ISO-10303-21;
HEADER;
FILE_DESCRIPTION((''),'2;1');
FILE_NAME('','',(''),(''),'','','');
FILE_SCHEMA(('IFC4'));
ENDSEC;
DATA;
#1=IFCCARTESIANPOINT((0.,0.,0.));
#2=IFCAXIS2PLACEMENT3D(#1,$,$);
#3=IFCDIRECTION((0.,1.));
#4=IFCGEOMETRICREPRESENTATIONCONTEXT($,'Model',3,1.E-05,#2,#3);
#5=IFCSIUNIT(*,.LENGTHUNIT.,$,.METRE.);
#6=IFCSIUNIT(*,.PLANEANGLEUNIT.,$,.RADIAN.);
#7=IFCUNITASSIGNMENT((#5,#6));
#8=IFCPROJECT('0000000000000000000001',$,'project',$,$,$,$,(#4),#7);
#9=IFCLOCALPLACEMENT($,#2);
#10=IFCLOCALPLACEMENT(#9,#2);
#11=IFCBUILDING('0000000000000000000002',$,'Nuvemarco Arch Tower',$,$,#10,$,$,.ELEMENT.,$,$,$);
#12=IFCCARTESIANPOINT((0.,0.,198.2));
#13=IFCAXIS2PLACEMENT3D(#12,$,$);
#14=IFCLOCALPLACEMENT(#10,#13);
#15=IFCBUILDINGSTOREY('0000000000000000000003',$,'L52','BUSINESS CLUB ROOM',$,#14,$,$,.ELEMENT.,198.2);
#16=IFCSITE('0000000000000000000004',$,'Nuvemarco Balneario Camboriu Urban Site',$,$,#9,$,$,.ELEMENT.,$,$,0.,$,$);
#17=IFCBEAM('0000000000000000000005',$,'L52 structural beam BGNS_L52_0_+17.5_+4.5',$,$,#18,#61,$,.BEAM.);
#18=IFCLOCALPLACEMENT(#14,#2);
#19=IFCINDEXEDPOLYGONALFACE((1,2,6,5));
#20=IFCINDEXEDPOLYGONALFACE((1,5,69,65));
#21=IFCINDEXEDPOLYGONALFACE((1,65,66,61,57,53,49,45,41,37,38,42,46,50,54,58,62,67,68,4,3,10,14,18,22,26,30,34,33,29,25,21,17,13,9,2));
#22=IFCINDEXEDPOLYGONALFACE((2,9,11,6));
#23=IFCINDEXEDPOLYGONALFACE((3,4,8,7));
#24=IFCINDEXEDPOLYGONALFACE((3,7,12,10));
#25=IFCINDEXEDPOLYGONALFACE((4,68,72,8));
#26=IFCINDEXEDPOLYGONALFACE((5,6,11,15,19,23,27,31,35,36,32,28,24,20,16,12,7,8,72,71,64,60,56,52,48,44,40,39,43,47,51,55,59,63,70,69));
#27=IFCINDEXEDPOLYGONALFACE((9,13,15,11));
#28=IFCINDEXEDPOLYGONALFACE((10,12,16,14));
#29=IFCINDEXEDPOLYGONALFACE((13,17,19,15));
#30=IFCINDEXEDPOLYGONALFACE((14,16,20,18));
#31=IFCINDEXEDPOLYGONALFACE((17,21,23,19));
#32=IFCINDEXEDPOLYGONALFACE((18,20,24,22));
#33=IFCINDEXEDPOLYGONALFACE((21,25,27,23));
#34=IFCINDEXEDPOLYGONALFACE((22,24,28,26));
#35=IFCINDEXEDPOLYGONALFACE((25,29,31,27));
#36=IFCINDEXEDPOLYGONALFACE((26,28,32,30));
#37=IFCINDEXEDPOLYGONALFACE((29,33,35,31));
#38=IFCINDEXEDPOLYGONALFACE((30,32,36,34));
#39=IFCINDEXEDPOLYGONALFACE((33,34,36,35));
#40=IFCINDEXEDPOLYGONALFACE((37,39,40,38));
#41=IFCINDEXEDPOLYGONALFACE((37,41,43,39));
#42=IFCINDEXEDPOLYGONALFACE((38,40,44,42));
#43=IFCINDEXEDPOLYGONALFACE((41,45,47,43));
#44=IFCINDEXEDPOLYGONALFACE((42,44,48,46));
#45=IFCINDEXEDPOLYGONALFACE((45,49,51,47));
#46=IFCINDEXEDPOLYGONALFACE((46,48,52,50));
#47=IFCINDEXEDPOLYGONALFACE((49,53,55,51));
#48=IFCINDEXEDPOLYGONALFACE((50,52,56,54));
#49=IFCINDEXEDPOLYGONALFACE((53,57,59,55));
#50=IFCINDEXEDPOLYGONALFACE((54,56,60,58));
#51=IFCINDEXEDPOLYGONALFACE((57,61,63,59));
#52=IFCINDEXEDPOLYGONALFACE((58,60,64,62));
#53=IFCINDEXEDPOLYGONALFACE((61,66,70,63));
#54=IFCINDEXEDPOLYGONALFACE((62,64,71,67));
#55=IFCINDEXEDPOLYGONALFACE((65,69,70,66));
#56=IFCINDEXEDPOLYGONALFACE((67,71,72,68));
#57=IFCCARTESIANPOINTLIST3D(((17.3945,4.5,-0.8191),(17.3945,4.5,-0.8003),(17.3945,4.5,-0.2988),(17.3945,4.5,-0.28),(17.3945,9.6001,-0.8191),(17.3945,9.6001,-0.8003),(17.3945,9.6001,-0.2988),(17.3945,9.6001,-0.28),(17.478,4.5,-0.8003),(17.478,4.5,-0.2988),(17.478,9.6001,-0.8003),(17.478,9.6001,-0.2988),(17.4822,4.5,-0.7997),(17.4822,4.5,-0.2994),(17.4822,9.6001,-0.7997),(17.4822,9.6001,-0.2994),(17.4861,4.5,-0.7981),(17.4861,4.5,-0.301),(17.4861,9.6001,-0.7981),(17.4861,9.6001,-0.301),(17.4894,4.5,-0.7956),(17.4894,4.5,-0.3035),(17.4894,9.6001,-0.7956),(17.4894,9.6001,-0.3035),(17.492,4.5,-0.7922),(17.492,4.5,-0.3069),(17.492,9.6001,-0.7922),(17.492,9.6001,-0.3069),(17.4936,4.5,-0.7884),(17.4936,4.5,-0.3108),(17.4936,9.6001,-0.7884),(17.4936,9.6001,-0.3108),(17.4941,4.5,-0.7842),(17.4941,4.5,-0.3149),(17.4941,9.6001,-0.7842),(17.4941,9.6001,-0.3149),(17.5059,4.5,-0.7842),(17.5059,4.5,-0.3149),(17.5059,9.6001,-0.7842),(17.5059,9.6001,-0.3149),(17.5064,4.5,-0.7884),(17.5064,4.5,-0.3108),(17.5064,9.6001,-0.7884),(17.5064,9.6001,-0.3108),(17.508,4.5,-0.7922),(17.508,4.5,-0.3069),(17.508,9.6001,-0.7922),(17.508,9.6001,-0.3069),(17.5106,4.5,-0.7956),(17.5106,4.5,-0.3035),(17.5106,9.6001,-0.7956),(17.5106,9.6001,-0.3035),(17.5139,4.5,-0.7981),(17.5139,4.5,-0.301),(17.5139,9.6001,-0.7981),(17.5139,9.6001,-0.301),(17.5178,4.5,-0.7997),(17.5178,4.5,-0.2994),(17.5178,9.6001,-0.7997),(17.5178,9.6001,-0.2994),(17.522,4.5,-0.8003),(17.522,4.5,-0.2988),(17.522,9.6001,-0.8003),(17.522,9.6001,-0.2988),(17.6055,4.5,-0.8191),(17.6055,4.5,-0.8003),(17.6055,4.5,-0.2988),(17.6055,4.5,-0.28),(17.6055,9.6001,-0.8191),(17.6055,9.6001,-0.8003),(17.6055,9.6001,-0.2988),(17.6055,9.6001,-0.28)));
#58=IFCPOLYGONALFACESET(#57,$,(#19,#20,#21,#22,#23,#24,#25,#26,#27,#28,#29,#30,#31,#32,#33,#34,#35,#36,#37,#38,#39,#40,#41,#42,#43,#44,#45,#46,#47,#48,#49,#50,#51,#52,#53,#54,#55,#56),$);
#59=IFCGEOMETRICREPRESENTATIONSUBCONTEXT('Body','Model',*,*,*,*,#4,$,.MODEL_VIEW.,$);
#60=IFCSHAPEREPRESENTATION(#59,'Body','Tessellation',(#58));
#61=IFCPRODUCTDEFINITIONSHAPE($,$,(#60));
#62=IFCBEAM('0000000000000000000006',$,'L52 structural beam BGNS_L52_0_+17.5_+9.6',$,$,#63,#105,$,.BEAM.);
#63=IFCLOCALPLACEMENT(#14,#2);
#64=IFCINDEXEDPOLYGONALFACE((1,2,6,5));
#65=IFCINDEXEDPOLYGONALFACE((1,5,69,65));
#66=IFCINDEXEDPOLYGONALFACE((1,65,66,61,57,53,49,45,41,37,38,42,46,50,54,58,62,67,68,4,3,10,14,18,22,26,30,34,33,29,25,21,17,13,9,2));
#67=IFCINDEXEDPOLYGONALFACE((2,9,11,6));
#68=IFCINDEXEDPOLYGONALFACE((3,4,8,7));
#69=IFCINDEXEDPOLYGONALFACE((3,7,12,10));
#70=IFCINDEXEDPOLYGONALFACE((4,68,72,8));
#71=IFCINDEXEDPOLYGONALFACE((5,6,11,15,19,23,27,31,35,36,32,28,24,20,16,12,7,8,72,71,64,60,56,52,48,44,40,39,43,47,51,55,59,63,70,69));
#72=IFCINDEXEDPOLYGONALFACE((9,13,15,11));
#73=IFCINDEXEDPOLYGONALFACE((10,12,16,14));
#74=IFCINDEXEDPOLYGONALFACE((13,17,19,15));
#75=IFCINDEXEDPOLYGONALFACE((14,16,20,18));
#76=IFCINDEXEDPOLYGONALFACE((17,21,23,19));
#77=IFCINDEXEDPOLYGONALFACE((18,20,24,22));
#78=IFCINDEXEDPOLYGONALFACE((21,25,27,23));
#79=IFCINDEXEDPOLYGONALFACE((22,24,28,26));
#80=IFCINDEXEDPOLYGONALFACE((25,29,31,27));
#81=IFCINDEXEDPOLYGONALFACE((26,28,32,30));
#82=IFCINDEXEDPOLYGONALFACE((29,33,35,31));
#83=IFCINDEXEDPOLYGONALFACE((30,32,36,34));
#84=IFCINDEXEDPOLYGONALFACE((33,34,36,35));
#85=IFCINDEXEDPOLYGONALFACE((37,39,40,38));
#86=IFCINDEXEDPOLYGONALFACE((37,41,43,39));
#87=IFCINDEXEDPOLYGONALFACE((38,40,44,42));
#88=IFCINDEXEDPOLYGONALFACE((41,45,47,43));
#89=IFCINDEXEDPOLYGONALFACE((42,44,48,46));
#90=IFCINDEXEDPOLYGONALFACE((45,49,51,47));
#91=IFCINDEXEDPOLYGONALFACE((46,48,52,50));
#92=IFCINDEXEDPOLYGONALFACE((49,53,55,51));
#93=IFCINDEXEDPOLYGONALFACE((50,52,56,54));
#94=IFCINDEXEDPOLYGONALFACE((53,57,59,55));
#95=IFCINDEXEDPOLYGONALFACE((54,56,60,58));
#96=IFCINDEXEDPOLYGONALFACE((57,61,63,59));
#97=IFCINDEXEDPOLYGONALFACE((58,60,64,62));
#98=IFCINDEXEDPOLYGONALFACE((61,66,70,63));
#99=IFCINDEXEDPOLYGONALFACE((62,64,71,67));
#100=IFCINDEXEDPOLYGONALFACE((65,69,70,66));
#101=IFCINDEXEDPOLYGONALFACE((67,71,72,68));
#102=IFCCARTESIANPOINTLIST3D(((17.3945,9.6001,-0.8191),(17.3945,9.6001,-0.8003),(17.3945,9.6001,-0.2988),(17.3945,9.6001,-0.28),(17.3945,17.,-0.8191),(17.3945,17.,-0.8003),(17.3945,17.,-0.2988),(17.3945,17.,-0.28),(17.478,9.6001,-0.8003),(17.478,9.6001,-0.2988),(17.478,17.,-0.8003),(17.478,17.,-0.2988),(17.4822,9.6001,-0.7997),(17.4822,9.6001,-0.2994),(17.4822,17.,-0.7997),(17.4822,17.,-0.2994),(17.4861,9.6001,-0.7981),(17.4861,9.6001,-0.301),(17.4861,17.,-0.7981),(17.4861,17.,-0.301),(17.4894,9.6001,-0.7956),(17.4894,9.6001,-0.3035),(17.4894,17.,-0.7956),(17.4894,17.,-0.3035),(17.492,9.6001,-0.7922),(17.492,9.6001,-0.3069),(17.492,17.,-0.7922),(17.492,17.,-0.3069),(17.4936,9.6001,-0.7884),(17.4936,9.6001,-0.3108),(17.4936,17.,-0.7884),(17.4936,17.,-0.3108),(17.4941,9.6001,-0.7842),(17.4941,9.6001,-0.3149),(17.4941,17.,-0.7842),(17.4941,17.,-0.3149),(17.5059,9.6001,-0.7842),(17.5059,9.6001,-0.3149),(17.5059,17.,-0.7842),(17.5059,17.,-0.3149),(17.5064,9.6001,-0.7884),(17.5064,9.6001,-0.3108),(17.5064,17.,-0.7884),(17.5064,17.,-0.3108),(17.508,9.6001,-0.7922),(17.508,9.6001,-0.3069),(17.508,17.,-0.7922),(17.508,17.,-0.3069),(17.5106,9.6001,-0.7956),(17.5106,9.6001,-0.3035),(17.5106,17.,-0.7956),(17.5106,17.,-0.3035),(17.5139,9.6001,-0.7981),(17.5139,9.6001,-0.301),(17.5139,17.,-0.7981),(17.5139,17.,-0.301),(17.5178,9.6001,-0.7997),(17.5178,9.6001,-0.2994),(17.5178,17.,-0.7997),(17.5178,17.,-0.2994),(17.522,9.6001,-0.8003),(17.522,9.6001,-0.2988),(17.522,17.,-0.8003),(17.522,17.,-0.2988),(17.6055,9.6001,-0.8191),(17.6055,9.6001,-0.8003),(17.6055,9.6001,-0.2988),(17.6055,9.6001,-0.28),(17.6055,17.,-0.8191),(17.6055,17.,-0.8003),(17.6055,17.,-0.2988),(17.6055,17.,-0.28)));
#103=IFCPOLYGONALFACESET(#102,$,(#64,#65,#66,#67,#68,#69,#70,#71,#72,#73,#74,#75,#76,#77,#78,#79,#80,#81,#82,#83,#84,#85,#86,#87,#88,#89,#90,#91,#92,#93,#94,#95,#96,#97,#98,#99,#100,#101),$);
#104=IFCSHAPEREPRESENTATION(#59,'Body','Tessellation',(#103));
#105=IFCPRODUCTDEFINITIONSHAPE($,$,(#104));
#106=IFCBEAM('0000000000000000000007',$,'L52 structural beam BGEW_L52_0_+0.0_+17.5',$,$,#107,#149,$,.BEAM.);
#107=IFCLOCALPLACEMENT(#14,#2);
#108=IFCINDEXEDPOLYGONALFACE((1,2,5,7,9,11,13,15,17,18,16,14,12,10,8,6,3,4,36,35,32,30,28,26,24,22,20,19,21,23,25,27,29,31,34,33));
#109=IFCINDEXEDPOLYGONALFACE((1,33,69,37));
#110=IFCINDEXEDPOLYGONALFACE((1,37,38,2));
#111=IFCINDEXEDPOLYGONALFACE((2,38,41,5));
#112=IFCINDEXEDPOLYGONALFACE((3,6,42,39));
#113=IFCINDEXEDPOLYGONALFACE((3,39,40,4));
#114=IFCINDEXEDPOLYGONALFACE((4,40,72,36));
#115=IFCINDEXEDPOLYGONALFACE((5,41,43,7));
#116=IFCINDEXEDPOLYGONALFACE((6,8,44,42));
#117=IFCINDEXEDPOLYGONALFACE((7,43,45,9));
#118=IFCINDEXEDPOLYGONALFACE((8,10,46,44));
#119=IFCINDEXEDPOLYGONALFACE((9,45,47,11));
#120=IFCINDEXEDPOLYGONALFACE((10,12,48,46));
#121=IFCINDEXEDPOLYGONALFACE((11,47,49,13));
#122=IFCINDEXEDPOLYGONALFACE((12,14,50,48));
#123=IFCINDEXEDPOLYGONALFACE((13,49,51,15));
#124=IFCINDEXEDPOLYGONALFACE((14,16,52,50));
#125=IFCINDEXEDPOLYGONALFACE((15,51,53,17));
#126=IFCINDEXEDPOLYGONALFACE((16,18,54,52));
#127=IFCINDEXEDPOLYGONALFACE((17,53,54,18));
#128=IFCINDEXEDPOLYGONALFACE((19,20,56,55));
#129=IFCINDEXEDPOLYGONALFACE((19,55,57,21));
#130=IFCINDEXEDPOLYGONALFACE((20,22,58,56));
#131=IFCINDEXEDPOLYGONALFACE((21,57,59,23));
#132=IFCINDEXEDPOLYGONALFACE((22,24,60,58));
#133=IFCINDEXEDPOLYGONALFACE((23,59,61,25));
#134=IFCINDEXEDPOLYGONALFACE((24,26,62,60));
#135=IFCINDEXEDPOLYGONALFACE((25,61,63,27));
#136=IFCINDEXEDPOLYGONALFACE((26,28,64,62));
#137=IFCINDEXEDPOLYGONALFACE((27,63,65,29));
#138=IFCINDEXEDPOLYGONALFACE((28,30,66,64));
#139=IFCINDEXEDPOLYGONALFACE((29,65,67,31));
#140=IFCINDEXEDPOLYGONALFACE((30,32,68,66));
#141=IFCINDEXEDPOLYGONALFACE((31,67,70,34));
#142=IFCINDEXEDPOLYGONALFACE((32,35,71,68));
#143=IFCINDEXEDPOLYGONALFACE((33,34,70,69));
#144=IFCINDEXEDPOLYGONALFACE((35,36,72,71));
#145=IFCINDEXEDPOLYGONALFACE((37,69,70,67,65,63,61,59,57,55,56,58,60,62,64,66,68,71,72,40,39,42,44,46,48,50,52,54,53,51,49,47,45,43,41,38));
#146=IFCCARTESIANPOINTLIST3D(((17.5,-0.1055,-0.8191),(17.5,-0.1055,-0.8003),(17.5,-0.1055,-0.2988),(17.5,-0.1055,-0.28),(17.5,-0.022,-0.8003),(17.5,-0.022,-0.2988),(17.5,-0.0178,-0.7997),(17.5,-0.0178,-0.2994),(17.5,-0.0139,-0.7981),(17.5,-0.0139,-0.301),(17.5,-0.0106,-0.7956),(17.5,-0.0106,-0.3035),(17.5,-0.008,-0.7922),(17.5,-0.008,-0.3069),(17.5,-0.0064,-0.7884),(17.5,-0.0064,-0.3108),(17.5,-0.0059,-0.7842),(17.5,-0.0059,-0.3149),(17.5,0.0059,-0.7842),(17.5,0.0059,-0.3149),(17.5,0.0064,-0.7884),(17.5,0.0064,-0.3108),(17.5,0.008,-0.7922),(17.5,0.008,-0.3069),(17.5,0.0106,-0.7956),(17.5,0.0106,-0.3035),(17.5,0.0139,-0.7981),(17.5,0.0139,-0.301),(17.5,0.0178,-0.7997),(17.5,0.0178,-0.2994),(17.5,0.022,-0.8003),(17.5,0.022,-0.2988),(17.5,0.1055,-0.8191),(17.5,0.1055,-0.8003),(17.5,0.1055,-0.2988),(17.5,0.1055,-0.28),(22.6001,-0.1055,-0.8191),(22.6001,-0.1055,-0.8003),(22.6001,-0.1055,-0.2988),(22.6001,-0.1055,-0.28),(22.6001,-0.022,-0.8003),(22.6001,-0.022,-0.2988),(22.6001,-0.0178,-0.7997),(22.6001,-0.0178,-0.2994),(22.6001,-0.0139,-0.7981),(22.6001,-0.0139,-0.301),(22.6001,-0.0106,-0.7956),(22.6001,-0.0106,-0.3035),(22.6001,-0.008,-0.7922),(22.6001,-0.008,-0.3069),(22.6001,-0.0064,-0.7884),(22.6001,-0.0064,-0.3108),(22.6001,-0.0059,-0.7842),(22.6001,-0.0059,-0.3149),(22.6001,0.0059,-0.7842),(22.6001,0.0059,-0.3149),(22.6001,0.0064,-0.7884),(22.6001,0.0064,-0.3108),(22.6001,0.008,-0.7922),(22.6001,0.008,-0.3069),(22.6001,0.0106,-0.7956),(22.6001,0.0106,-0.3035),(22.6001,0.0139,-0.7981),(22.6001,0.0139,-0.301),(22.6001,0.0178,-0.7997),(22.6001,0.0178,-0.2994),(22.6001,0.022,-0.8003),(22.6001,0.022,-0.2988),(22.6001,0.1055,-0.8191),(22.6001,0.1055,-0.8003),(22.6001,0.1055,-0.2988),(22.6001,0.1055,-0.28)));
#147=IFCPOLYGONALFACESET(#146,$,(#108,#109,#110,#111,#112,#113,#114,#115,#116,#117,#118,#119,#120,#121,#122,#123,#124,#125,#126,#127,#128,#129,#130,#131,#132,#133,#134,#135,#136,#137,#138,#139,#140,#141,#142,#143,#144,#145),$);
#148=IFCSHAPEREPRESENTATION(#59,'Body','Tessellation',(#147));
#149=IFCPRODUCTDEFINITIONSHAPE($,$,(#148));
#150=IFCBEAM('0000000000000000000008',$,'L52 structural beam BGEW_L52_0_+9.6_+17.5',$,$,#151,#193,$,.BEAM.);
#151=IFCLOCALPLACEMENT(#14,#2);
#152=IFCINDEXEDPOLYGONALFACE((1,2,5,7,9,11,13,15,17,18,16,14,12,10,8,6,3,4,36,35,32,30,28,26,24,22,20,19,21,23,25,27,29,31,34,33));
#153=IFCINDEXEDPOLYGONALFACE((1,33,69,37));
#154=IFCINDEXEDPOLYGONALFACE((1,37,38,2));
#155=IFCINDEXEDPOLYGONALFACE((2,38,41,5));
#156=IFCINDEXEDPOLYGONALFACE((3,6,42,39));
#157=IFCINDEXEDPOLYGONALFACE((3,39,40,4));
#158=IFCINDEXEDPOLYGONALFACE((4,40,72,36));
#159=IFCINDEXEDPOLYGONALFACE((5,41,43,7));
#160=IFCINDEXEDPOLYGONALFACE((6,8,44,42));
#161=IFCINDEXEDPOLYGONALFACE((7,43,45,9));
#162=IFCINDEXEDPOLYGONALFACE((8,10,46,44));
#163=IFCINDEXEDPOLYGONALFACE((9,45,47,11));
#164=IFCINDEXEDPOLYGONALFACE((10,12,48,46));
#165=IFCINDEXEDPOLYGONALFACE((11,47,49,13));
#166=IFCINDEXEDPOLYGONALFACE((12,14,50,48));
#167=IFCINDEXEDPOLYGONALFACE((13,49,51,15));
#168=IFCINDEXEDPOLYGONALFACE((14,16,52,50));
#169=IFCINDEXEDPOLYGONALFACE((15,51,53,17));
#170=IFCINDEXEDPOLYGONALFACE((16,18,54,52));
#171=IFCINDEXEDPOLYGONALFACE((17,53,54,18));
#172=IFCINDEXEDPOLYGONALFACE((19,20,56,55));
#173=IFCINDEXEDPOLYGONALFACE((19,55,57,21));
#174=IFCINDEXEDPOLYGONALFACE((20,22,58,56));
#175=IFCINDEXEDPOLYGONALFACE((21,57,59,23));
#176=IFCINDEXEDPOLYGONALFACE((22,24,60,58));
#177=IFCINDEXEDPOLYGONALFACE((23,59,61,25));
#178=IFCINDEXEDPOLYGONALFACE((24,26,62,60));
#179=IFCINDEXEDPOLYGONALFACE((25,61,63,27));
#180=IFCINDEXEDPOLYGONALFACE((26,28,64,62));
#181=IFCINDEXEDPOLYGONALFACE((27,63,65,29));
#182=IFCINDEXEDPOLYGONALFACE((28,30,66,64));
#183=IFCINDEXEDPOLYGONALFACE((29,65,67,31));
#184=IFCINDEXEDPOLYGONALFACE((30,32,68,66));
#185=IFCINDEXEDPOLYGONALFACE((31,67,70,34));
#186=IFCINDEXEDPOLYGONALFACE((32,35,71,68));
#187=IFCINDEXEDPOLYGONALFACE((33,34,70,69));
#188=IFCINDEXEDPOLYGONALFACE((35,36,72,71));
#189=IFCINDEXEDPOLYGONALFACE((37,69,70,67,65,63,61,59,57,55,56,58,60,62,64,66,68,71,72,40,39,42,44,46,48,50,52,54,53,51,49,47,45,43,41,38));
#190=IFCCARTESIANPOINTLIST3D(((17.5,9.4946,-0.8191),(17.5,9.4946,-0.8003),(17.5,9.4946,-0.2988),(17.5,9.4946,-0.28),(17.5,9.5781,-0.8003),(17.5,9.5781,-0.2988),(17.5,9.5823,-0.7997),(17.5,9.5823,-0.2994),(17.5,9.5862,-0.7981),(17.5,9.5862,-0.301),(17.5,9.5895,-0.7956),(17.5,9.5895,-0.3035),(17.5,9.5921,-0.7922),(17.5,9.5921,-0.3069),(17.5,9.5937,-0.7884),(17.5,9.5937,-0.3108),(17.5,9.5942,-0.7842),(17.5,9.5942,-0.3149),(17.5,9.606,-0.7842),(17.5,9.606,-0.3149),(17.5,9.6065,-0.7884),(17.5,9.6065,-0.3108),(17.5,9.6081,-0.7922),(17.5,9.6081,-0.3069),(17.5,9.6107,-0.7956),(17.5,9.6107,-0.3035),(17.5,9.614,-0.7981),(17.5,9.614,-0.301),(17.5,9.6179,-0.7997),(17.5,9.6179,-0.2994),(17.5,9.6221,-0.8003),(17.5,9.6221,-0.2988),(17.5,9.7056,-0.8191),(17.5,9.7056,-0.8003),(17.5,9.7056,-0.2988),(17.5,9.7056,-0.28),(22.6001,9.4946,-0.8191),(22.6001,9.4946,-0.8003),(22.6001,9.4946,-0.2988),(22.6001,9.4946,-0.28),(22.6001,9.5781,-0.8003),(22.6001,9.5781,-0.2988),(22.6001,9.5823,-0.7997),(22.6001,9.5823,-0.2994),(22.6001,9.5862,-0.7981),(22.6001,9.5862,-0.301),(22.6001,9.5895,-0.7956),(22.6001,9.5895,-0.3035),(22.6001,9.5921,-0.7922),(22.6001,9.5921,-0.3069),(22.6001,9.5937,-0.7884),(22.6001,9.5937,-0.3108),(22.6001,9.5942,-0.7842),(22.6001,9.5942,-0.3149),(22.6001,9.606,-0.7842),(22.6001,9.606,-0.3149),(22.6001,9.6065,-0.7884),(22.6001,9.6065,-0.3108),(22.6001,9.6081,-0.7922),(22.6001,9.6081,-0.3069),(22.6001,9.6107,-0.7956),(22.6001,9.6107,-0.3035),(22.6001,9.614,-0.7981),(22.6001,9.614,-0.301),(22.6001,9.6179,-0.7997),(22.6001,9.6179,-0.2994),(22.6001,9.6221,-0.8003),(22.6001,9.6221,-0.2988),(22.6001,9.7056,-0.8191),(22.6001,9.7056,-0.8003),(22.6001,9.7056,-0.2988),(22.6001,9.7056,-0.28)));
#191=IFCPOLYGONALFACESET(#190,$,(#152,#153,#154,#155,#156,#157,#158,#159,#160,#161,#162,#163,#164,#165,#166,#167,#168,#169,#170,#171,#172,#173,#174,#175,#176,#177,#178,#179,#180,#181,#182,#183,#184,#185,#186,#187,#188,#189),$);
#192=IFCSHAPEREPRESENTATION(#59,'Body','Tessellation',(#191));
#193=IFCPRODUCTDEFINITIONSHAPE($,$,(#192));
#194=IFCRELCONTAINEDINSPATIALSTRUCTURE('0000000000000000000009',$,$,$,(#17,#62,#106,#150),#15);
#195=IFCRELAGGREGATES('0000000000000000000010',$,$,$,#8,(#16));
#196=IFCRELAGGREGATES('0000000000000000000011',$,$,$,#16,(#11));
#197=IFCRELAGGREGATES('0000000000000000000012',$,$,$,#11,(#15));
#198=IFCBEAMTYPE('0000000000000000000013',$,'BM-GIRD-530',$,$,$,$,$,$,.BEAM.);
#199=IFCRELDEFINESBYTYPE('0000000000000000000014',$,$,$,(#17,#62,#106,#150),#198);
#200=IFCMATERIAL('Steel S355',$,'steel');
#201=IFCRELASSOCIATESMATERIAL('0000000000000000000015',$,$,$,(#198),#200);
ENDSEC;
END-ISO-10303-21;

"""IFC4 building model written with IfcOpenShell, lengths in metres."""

from ifc_helpers import new_model, si_unit, direction, frame, origin, origin_2d, place, context, subcontext, project, spatial, i_section, extrude, material, material_profile, profile_set, type_object, element, save


model = new_model("IFC4")

# Units and contexts
model_context = context("Model", 3, precision=1e-05, world=origin(), true_north=direction((0.0, 1.0)))
body_context = subcontext(model_context, "Body", "Model", "MODEL_VIEW")
ifc_project = project(units=[si_unit("LENGTHUNIT", "METRE"), si_unit("PLANEANGLEUNIT", "RADIAN")], contexts=[model_context])

# Site, building, storey
site_placement = place(None, origin())
site = spatial("IfcSite", under=ifc_project, at=site_placement, Name="Nuvemarco Balneario Camboriu Urban Site", CompositionType="ELEMENT", RefElevation=0.0)
building_placement = place(site_placement, origin())
building = spatial("IfcBuilding", under=site, at=building_placement, Name="Nuvemarco Arch Tower", CompositionType="ELEMENT")
storey_placement = place(building_placement, frame((0.0, 0.0, 198.2)))
storey = spatial("IfcBuildingStorey", under=building, at=storey_placement, Name="L52", Description="BUSINESS CLUB ROOM", CompositionType="ELEMENT", Elevation=198.2)

# Shared definitions
ifc_material_1 = material(Name="Steel S355", Category="steel")

# Beams
ifc_material_profile_1 = material_profile(ifc_material_1, i_section(OverallWidth=0.2109, OverallDepth=0.5391, WebThickness=0.0117, FlangeThickness=0.0188, FilletRadius=0.0161, at=origin_2d()), Name="W530x109")
ifc_profile_set_1 = profile_set([ifc_material_profile_1], Name="Steel S355")
beam_type_1 = type_object("IfcBeamType", Name="BM-GIRD-530", PredefinedType="BEAM", material=ifc_profile_set_1)
beam_1_placement = place(storey_placement, frame((17.5, 4.5, -0.5496), z_axis=(0.0, 1.0, 0.0), x_axis=(-1.0, 0.0, 0.0)))
element("IfcBeam", 1, at=beam_1_placement, inside=storey, type_object=beam_type_1, Name="L52 structural beam BGNS_L52_0_+17.5_+4.5", PredefinedType="BEAM", context=body_context, shape_type="SweptSolid", body=[
    extrude(i_section(OverallWidth=0.2109, OverallDepth=0.5391, WebThickness=0.0117, FlangeThickness=0.0188, FilletRadius=0.0161, at=origin_2d()), origin(), (0.0, 0.0, 1.0), 5.1001),
])
beam_2_placement = place(storey_placement, frame((17.5, 9.6001, -0.5496), z_axis=(0.0, 1.0, 0.0), x_axis=(-1.0, 0.0, 0.0)))
element("IfcBeam", 2, at=beam_2_placement, inside=storey, type_object=beam_type_1, Name="L52 structural beam BGNS_L52_0_+17.5_+9.6", PredefinedType="BEAM", context=body_context, shape_type="SweptSolid", body=[
    extrude(i_section(OverallWidth=0.2109, OverallDepth=0.5391, WebThickness=0.0117, FlangeThickness=0.0188, FilletRadius=0.0161, at=origin_2d()), origin(), (0.0, 0.0, 1.0), 7.3999),
])
for number, where, z_axis, x_axis, name in (
    (3, (17.5, 0.0, -0.5496), (1.0, 0.0, 0.0), (0.0, 1.0, 0.0), "L52 structural beam BGEW_L52_0_+0.0_+17.5"),
    (4, (17.5, 9.6001, -0.5496), (1.0, 0.0, 0.0), (0.0, 1.0, 0.0), "L52 structural beam BGEW_L52_0_+9.6_+17.5"),
):
    element("IfcBeam", number, at=place(storey_placement, frame(where, z_axis=z_axis, x_axis=x_axis)), inside=storey, type_object=beam_type_1, Name=name, PredefinedType="BEAM", context=body_context, shape_type="SweptSolid", body=[
        extrude(i_section(OverallWidth=0.2109, OverallDepth=0.5391, WebThickness=0.0117, FlangeThickness=0.0188, FilletRadius=0.0161, at=origin_2d()), origin(), (0.0, 0.0, 1.0), 5.1001),
    ])

save(model, "model.ifc")
